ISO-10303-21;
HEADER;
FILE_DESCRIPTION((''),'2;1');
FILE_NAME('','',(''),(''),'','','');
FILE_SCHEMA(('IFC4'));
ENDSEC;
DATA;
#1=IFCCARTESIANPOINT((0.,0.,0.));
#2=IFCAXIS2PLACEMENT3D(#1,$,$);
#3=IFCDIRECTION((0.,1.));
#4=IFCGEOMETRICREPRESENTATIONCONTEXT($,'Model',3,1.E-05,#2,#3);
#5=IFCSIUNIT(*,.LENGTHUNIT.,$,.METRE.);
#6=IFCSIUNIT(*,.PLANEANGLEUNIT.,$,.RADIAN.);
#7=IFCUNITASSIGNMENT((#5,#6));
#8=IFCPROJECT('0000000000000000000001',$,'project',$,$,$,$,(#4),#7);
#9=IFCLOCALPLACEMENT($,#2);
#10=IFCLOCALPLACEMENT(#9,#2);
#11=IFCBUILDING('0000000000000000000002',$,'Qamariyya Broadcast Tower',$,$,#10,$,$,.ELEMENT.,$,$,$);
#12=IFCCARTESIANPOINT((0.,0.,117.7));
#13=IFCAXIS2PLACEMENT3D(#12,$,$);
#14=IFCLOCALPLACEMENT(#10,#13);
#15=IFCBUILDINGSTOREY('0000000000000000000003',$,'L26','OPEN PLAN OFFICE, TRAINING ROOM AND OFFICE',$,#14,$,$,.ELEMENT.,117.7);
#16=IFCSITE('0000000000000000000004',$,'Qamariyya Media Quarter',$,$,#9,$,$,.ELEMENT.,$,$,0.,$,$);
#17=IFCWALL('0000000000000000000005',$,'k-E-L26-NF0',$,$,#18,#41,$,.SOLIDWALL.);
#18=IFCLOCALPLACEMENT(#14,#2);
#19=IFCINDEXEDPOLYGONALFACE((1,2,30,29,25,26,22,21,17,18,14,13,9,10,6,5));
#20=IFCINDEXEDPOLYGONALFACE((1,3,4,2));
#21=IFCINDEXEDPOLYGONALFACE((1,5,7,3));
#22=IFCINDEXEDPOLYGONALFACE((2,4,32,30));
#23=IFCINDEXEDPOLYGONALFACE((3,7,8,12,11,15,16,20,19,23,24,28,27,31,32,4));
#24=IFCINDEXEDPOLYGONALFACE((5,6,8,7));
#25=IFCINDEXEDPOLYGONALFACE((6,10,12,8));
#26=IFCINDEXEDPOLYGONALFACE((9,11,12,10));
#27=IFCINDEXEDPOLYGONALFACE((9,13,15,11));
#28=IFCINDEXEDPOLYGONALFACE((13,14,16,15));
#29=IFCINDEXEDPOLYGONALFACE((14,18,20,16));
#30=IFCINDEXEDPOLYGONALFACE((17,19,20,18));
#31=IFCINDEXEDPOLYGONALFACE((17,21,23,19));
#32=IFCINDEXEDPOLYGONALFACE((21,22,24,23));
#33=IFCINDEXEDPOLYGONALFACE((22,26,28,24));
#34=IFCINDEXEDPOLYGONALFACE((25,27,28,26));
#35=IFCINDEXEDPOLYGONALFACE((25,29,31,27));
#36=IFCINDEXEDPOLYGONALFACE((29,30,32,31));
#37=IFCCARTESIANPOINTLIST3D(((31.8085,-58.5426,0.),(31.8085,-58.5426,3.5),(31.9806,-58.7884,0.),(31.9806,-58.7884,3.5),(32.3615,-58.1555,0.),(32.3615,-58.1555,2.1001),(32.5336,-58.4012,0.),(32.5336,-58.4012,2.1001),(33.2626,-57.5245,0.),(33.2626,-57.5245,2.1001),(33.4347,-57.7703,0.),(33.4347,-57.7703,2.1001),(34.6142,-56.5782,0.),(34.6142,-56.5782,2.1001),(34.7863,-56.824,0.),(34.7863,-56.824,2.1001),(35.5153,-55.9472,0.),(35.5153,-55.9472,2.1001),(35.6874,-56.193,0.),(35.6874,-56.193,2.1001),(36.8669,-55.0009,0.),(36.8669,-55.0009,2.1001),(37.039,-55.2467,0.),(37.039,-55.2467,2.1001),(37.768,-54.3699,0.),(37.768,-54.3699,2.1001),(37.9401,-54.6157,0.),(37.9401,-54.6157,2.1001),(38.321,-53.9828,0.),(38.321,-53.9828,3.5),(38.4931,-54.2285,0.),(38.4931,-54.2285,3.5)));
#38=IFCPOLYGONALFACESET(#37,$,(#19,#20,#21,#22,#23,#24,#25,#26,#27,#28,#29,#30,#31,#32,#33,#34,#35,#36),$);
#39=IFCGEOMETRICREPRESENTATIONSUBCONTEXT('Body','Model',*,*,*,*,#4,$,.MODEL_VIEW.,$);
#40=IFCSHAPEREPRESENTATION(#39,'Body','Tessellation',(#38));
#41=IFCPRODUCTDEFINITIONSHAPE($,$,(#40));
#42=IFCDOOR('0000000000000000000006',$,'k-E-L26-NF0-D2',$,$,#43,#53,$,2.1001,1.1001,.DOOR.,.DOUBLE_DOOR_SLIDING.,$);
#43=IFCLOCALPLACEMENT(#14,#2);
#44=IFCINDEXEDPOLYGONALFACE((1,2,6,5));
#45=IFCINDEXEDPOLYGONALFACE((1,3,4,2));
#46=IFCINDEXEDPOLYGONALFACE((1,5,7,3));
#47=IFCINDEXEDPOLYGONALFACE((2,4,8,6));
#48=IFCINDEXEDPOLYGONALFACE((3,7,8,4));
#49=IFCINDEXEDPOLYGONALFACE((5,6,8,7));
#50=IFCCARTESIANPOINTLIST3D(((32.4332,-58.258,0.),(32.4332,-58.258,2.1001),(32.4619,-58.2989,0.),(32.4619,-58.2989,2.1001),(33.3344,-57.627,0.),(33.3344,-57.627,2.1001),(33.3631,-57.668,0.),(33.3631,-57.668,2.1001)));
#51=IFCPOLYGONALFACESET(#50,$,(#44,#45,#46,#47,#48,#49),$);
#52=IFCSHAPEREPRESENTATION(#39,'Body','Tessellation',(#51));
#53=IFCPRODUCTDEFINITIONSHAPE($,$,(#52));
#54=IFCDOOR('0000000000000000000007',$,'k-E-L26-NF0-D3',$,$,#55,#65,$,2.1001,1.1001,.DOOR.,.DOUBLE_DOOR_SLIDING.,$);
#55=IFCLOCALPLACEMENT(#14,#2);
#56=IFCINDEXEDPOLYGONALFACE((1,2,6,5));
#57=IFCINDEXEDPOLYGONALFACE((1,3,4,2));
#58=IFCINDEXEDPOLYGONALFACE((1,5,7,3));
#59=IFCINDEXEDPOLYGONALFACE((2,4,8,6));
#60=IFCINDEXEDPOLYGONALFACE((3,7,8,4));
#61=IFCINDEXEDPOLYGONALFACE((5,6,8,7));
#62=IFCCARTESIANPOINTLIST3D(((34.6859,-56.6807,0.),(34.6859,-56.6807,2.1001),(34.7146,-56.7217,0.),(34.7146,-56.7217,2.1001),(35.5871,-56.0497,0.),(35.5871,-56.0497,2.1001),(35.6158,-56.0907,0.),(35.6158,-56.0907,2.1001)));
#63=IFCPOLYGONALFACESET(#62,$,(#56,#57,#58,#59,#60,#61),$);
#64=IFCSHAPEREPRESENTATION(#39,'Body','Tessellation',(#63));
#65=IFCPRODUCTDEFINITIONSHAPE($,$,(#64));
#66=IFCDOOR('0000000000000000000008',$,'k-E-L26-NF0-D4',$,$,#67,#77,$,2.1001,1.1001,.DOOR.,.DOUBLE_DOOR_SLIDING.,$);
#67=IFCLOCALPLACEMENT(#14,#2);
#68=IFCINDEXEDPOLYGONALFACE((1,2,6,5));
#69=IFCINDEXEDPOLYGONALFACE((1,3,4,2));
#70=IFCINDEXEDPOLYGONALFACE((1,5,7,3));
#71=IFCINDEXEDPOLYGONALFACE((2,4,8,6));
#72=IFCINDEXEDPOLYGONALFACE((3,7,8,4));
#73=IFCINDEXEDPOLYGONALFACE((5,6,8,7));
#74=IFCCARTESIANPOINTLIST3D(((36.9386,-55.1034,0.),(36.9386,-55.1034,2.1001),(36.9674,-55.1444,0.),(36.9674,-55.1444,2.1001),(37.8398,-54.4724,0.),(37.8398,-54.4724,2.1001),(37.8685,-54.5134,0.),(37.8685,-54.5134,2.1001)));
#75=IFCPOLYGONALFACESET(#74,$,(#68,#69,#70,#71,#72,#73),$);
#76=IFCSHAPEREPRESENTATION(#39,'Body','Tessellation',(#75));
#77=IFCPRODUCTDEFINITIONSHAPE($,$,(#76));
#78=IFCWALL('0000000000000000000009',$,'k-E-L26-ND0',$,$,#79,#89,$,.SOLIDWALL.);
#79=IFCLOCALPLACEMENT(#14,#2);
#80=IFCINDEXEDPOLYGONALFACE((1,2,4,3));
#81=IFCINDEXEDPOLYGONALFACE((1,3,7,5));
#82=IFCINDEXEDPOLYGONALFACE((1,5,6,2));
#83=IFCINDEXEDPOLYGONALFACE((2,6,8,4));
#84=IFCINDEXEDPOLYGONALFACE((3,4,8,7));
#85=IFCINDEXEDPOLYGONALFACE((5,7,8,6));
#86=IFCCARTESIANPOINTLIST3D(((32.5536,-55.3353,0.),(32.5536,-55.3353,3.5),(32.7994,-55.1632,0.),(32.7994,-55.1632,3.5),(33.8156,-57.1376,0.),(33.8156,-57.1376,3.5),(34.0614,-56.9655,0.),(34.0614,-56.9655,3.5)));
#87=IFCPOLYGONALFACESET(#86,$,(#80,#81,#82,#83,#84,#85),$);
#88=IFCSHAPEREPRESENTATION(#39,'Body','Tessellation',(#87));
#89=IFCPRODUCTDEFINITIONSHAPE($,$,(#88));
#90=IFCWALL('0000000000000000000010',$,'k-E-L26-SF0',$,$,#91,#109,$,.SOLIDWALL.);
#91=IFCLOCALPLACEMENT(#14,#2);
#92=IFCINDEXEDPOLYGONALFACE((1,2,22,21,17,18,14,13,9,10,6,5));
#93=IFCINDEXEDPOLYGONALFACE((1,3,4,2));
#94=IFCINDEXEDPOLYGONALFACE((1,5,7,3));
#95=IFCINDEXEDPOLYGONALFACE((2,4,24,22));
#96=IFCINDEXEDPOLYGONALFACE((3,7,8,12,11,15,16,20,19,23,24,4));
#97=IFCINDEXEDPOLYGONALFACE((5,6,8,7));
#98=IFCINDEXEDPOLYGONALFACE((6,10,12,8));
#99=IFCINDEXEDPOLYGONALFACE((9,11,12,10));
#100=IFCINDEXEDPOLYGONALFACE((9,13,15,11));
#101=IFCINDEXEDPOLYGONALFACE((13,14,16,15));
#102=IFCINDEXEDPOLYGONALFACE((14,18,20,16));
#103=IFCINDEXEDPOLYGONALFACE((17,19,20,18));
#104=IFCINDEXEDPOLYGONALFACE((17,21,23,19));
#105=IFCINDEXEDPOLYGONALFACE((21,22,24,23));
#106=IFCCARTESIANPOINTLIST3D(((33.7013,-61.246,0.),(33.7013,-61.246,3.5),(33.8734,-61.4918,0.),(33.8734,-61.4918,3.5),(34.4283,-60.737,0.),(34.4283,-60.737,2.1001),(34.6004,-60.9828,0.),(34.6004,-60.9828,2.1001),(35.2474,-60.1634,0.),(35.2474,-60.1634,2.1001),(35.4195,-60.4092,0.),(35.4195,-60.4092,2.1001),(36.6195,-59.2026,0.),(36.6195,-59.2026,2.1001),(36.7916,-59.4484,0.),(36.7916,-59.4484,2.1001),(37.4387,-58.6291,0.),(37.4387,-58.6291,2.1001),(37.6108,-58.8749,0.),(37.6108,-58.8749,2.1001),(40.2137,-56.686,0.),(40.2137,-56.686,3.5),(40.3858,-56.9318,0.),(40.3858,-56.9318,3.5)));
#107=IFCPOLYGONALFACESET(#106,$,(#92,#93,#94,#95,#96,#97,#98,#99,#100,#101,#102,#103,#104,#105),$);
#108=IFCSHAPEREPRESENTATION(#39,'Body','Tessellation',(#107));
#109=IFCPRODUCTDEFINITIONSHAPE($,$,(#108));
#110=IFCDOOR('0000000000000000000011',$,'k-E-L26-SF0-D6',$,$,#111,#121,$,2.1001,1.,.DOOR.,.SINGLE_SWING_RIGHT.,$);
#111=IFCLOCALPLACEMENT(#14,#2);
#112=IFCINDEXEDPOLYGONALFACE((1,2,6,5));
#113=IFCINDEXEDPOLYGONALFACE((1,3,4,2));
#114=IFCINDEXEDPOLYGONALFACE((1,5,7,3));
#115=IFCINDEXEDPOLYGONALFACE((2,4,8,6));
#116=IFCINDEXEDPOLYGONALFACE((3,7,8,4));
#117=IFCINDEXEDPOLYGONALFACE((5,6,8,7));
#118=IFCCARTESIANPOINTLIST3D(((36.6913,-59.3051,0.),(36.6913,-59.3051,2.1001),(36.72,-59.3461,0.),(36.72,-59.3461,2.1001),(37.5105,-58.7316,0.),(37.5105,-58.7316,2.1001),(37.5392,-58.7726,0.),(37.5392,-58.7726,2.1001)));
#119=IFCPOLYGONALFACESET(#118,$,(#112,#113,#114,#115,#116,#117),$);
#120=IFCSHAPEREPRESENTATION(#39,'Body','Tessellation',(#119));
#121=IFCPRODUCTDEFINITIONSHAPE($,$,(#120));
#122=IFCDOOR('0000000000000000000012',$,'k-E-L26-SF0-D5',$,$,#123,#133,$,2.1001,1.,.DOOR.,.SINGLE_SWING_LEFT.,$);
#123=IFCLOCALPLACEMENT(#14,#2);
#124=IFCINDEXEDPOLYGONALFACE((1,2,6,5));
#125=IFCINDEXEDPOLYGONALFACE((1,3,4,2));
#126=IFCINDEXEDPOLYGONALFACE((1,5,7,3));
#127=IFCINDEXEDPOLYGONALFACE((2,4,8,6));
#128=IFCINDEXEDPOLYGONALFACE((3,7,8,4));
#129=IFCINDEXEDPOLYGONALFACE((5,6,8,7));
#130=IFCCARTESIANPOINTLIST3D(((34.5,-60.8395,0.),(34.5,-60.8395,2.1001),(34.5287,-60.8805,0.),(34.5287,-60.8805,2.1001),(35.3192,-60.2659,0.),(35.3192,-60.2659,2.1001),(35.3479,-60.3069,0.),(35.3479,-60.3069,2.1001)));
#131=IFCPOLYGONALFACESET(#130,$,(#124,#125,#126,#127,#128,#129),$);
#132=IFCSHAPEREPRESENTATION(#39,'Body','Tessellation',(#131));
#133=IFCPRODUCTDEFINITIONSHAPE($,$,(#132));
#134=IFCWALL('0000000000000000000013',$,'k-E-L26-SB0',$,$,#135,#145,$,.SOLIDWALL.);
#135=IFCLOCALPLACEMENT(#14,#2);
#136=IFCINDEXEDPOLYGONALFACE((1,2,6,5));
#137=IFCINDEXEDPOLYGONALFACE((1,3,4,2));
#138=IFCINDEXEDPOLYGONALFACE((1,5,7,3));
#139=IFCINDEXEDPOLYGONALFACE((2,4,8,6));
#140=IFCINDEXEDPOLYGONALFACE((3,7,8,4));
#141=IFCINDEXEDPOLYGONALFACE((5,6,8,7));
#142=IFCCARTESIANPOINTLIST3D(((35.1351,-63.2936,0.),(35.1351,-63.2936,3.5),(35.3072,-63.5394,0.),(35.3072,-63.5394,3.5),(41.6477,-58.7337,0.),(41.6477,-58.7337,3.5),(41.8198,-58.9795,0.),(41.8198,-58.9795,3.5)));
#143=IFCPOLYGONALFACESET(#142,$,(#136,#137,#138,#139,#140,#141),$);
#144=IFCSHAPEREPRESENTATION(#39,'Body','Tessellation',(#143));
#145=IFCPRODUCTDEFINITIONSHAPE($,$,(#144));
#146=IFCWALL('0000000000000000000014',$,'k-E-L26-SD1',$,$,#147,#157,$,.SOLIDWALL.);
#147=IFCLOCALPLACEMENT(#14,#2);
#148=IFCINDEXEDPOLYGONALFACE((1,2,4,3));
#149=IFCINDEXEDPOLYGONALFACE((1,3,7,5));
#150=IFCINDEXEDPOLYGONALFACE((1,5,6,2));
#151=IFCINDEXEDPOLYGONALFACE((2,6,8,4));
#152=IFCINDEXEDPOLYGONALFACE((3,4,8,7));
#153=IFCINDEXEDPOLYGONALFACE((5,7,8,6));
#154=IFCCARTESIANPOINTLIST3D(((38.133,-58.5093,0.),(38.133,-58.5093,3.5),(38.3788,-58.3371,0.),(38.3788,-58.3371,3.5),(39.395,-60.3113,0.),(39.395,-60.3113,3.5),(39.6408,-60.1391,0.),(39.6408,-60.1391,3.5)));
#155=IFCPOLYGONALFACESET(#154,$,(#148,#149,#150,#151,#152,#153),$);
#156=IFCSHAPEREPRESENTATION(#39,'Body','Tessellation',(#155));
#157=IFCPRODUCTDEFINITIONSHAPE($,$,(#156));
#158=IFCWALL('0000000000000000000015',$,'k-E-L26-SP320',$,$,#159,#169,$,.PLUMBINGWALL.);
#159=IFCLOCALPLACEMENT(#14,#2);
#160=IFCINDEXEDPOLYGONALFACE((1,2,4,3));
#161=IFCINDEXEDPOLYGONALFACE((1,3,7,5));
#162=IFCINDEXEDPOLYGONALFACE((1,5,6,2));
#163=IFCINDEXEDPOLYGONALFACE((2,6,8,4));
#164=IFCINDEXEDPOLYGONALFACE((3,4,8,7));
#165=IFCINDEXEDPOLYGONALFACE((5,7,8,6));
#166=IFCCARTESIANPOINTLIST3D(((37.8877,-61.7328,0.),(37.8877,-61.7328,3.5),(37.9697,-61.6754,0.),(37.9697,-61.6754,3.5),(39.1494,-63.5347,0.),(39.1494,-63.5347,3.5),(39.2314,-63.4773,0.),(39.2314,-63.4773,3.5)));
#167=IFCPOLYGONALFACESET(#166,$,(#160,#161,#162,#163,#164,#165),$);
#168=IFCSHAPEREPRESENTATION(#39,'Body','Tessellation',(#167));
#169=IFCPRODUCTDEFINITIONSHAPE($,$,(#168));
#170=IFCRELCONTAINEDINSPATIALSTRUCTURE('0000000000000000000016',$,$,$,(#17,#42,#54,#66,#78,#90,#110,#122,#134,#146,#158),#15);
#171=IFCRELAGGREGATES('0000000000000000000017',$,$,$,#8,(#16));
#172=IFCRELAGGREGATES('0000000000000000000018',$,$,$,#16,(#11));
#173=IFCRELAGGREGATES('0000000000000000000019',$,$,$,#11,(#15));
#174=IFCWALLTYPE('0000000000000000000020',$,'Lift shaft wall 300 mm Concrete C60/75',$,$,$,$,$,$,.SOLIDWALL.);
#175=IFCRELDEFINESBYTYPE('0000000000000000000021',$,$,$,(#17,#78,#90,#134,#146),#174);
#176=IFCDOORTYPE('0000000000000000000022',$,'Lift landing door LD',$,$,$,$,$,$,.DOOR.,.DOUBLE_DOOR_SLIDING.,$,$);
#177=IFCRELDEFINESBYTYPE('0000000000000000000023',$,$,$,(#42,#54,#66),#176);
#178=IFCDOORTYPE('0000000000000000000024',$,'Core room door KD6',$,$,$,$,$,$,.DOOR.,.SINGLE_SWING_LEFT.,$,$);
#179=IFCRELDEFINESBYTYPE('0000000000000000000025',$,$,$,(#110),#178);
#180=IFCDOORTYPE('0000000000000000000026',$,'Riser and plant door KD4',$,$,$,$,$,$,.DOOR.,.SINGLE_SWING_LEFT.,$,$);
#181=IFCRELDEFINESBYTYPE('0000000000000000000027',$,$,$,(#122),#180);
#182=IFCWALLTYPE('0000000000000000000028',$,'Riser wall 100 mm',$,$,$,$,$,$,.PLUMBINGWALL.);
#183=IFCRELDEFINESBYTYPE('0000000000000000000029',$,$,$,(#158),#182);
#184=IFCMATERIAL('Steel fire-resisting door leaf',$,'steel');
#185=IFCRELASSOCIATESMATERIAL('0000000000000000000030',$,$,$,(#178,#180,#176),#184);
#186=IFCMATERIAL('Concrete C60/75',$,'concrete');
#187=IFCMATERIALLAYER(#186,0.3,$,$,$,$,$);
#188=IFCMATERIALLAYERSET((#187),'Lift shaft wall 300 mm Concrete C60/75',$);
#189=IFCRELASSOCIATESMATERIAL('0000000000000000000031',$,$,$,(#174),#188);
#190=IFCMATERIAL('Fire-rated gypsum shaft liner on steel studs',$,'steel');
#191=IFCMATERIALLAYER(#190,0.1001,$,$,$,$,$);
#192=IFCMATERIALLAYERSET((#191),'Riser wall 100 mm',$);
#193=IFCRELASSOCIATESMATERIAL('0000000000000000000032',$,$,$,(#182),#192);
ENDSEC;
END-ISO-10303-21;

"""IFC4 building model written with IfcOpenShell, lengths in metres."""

from ifc_helpers import new_model, si_unit, direction, frame, frame_2d, origin, place, context, subcontext, project, spatial, rectangle, extrude, material, layer, layer_set, type_object, element, fill, save


model = new_model("IFC4")

# Units and contexts
model_context = context("Model", 3, precision=1e-05, world=origin(), true_north=direction((0.0, 1.0)))
body_context = subcontext(model_context, "Body", "Model", "MODEL_VIEW")
ifc_project = project(units=[si_unit("LENGTHUNIT", "METRE"), si_unit("PLANEANGLEUNIT", "RADIAN")], contexts=[model_context])

# Site, building, storey
site_placement = place(None, origin())
site = spatial("IfcSite", under=ifc_project, at=site_placement, Name="Qamariyya Media Quarter", CompositionType="ELEMENT", RefElevation=0.0)
building_placement = place(site_placement, origin())
building = spatial("IfcBuilding", under=site, at=building_placement, Name="Qamariyya Broadcast Tower", CompositionType="ELEMENT")
storey_placement = place(building_placement, frame((0.0, 0.0, 117.7)))
storey = spatial("IfcBuildingStorey", under=building, at=storey_placement, Name="L26", Description="OPEN PLAN OFFICE, TRAINING ROOM AND OFFICE", CompositionType="ELEMENT", Elevation=117.7)

# Shared definitions
ifc_material_1 = material(Name="Steel fire-resisting door leaf", Category="steel")

# Shared definitions
door_type_1 = type_object("IfcDoorType", Name="Core room door KD6", OperationType="SINGLE_SWING_LEFT", PredefinedType="DOOR", material=ifc_material_1)
door_type_2 = type_object("IfcDoorType", Name="Riser and plant door KD4", OperationType="SINGLE_SWING_LEFT", PredefinedType="DOOR", material=ifc_material_1)

# Wall, openings, doors
ifc_material_2 = material(Name="Concrete C60/75", Category="concrete")
ifc_layer_1 = layer(ifc_material_2, 0.3)
ifc_layer_set_1 = layer_set([ifc_layer_1], Name="Lift shaft wall 300 mm Concrete C60/75")
wall_type_1 = type_object("IfcWallType", Name="Lift shaft wall 300 mm Concrete C60/75", PredefinedType="SOLIDWALL", material=ifc_layer_set_1)
wall_1_placement = place(storey_placement, frame((31.8945, -58.6655, 0.0), z_axis=(0.0, 0.0, 1.0), x_axis=(0.819167, 0.573555, 0.0)))
wall_1 = element("IfcWall", 1, at=wall_1_placement, inside=storey, type_object=wall_type_1, Name="k-E-L26-NF0", PredefinedType="SOLIDWALL", context=body_context, shape_type="SweptSolid", body=[
    extrude(rectangle(XDim=7.9502, YDim=0.3, at=frame_2d((3.9751, 0.0))), origin(), (0.0, 0.0, 1.0), 3.5),
])
opening_1_placement = place(wall_1_placement, frame((0.675, 0.0, 0.0)))
opening_1 = element("IfcOpeningElement", 2, at=opening_1_placement, cuts=wall_1, PredefinedType="OPENING", context=body_context, shape_type="SweptSolid", body=[
    extrude(rectangle(XDim=1.1001, YDim=2.1001, at=frame_2d((0.55, 1.05))), frame((0.0, 0.1599, 0.0), z_axis=(0.0, -1.0, 0.0), x_axis=(1.0, 0.0, 0.0)), (0.0, 0.0, 1.0), 0.3201),
])
opening_2_placement = place(wall_1_placement, frame((3.425, 0.0, 0.0)))
opening_2 = element("IfcOpeningElement", 3, at=opening_2_placement, cuts=wall_1, PredefinedType="OPENING", context=body_context, shape_type="SweptSolid", body=[
    extrude(rectangle(XDim=1.1001, YDim=2.1001, at=frame_2d((0.55, 1.05))), frame((0.0, 0.1599, 0.0), z_axis=(0.0, -1.0, 0.0), x_axis=(1.0, 0.0, 0.0)), (0.0, 0.0, 1.0), 0.3201),
])
opening_3_placement = place(wall_1_placement, frame((6.175, 0.0, 0.0)))
opening_3 = element("IfcOpeningElement", 4, at=opening_3_placement, cuts=wall_1, PredefinedType="OPENING", context=body_context, shape_type="SweptSolid", body=[
    extrude(rectangle(XDim=1.1001, YDim=2.1001, at=frame_2d((0.55, 1.05))), frame((0.0, 0.1599, 0.0), z_axis=(0.0, -1.0, 0.0), x_axis=(1.0, 0.0, 0.0)), (0.0, 0.0, 1.0), 0.3201),
])
door_type_3 = type_object("IfcDoorType", Name="Lift landing door LD", OperationType="DOUBLE_DOOR_SLIDING", PredefinedType="DOOR", material=ifc_material_1)
door_1_placement = place(opening_1_placement, origin())
door_1 = element("IfcDoor", 5, at=door_1_placement, inside=storey, type_object=door_type_3, Name="k-E-L26-NF0-D2", OperationType="DOUBLE_DOOR_SLIDING", OverallHeight=2.1001, OverallWidth=1.1001, PredefinedType="DOOR", context=body_context, shape_type="SweptSolid", body=[
    extrude(rectangle(XDim=1.1001, YDim=2.1001, at=frame_2d((0.55, 1.05))), frame((0.0, 0.0249, 0.0), z_axis=(0.0, -1.0, 0.0), x_axis=(1.0, 0.0, 0.0)), (0.0, 0.0, 1.0), 0.05),
])
fill(opening_1, door_1)
door_2_placement = place(opening_2_placement, origin())
door_2 = element("IfcDoor", 6, at=door_2_placement, inside=storey, type_object=door_type_3, Name="k-E-L26-NF0-D3", OperationType="DOUBLE_DOOR_SLIDING", OverallHeight=2.1001, OverallWidth=1.1001, PredefinedType="DOOR", context=body_context, shape_type="SweptSolid", body=[
    extrude(rectangle(XDim=1.1001, YDim=2.1001, at=frame_2d((0.55, 1.05))), frame((0.0, 0.0249, 0.0), z_axis=(0.0, -1.0, 0.0), x_axis=(1.0, 0.0, 0.0)), (0.0, 0.0, 1.0), 0.05),
])
fill(opening_2, door_2)
door_3_placement = place(opening_3_placement, origin())
door_3 = element("IfcDoor", 7, at=door_3_placement, inside=storey, type_object=door_type_3, Name="k-E-L26-NF0-D4", OperationType="DOUBLE_DOOR_SLIDING", OverallHeight=2.1001, OverallWidth=1.1001, PredefinedType="DOOR", context=body_context, shape_type="SweptSolid", body=[
    extrude(rectangle(XDim=1.1001, YDim=2.1001, at=frame_2d((0.55, 1.05))), frame((0.0, 0.0249, 0.0), z_axis=(0.0, -1.0, 0.0), x_axis=(1.0, 0.0, 0.0)), (0.0, 0.0, 1.0), 0.05),
])
fill(opening_3, door_3)

# Wall
wall_2_placement = place(storey_placement, frame((33.9385, -57.0515, 0.0), z_axis=(0.0, 0.0, 1.0), x_axis=(-0.573581, 0.819149, 0.0)))
element("IfcWall", 8, at=wall_2_placement, inside=storey, type_object=wall_type_1, Name="k-E-L26-ND0", PredefinedType="SOLIDWALL", context=body_context, shape_type="SweptSolid", body=[
    extrude(rectangle(XDim=2.2002, YDim=0.3, at=frame_2d((1.1001, 0.0))), origin(), (0.0, 0.0, 1.0), 3.5),
])

# Wall, openings, doors
wall_3_placement = place(storey_placement, frame((33.7874, -61.3689, 0.0), z_axis=(0.0, 0.0, 1.0), x_axis=(0.819153, 0.573576, 0.0)))
wall_3 = element("IfcWall", 9, at=wall_3_placement, inside=storey, type_object=wall_type_1, Name="k-E-L26-SF0", PredefinedType="SOLIDWALL", context=body_context, shape_type="SweptSolid", body=[
    extrude(rectangle(XDim=7.9502, YDim=0.3, at=frame_2d((3.9751, 0.0))), origin(), (0.0, 0.0, 1.0), 3.5),
])
opening_4_placement = place(wall_3_placement, frame((0.8875, 0.0, 0.0)))
opening_4 = element("IfcOpeningElement", 10, at=opening_4_placement, cuts=wall_3, PredefinedType="OPENING", context=body_context, shape_type="SweptSolid", body=[
    extrude(rectangle(XDim=1.0, YDim=2.1001, at=frame_2d((0.5, 1.05))), frame((0.0, 0.1599, 0.0), z_axis=(0.0, -1.0, 0.0), x_axis=(1.0, 0.0, 0.0)), (0.0, 0.0, 1.0), 0.3201),
])
opening_5_placement = place(wall_3_placement, frame((3.5625, 0.0, 0.0)))
opening_5 = element("IfcOpeningElement", 11, at=opening_5_placement, cuts=wall_3, PredefinedType="OPENING", context=body_context, shape_type="SweptSolid", body=[
    extrude(rectangle(XDim=1.0, YDim=2.1001, at=frame_2d((0.5, 1.05))), frame((0.0, 0.1599, 0.0), z_axis=(0.0, -1.0, 0.0), x_axis=(1.0, 0.0, 0.0)), (0.0, 0.0, 1.0), 0.3201),
])
door_4_placement = place(opening_5_placement, origin())
door_4 = element("IfcDoor", 12, at=door_4_placement, inside=storey, type_object=door_type_1, Name="k-E-L26-SF0-D6", OperationType="SINGLE_SWING_RIGHT", OverallHeight=2.1001, OverallWidth=1.0, PredefinedType="DOOR", context=body_context, shape_type="SweptSolid", body=[
    extrude(rectangle(XDim=1.0, YDim=2.1001, at=frame_2d((0.5, 1.05))), frame((0.0, 0.0249, 0.0), z_axis=(0.0, -1.0, 0.0), x_axis=(1.0, 0.0, 0.0)), (0.0, 0.0, 1.0), 0.05),
])
fill(opening_5, door_4)
door_5_placement = place(opening_4_placement, origin())
door_5 = element("IfcDoor", 13, at=door_5_placement, inside=storey, type_object=door_type_2, Name="k-E-L26-SF0-D5", OperationType="SINGLE_SWING_LEFT", OverallHeight=2.1001, OverallWidth=1.0, PredefinedType="DOOR", context=body_context, shape_type="SweptSolid", body=[
    extrude(rectangle(XDim=1.0, YDim=2.1001, at=frame_2d((0.5, 1.05))), frame((0.0, 0.0249, 0.0), z_axis=(0.0, -1.0, 0.0), x_axis=(1.0, 0.0, 0.0)), (0.0, 0.0, 1.0), 0.05),
])
fill(opening_4, door_5)

# Walls
wall_4_placement = place(storey_placement, frame((35.2212, -63.4165, 0.0), z_axis=(0.0, 0.0, 1.0), x_axis=(0.819167, 0.573555, 0.0)))
element("IfcWall", 14, at=wall_4_placement, inside=storey, type_object=wall_type_1, Name="k-E-L26-SB0", PredefinedType="SOLIDWALL", context=body_context, shape_type="SweptSolid", body=[
    extrude(rectangle(XDim=7.9502, YDim=0.3, at=frame_2d((3.9751, 0.0))), origin(), (0.0, 0.0, 1.0), 3.5),
])
wall_5_placement = place(storey_placement, frame((38.2559, -58.4231, 0.0), z_axis=(0.0, 0.0, 1.0), x_axis=(0.573634, -0.819112, 0.0)))
element("IfcWall", 15, at=wall_5_placement, inside=storey, type_object=wall_type_1, Name="k-E-L26-SD1", PredefinedType="SOLIDWALL", context=body_context, shape_type="SweptSolid", body=[
    extrude(rectangle(XDim=2.2, YDim=0.3, at=frame_2d((1.1001, 0.0))), origin(), (0.0, 0.0, 1.0), 3.5),
])
ifc_material_3 = material(Name="Fire-rated gypsum shaft liner on steel studs", Category="steel")
ifc_layer_2 = layer(ifc_material_3, 0.1001)
ifc_layer_set_2 = layer_set([ifc_layer_2], Name="Riser wall 100 mm")
wall_type_2 = type_object("IfcWallType", Name="Riser wall 100 mm", PredefinedType="PLUMBINGWALL", material=ifc_layer_set_2)
wall_6_placement = place(storey_placement, frame((37.9287, -61.7041, 0.0), z_axis=(0.0, 0.0, 1.0), x_axis=(0.573559, -0.819164, 0.0)))
element("IfcWall", 16, at=wall_6_placement, inside=storey, type_object=wall_type_2, Name="k-E-L26-SP320", PredefinedType="PLUMBINGWALL", context=body_context, shape_type="SweptSolid", body=[
    extrude(rectangle(XDim=2.1997, YDim=0.1001, at=frame_2d((1.0999, 0.0))), origin(), (0.0, 0.0, 1.0), 3.5),
])

save(model, "model.ifc")
